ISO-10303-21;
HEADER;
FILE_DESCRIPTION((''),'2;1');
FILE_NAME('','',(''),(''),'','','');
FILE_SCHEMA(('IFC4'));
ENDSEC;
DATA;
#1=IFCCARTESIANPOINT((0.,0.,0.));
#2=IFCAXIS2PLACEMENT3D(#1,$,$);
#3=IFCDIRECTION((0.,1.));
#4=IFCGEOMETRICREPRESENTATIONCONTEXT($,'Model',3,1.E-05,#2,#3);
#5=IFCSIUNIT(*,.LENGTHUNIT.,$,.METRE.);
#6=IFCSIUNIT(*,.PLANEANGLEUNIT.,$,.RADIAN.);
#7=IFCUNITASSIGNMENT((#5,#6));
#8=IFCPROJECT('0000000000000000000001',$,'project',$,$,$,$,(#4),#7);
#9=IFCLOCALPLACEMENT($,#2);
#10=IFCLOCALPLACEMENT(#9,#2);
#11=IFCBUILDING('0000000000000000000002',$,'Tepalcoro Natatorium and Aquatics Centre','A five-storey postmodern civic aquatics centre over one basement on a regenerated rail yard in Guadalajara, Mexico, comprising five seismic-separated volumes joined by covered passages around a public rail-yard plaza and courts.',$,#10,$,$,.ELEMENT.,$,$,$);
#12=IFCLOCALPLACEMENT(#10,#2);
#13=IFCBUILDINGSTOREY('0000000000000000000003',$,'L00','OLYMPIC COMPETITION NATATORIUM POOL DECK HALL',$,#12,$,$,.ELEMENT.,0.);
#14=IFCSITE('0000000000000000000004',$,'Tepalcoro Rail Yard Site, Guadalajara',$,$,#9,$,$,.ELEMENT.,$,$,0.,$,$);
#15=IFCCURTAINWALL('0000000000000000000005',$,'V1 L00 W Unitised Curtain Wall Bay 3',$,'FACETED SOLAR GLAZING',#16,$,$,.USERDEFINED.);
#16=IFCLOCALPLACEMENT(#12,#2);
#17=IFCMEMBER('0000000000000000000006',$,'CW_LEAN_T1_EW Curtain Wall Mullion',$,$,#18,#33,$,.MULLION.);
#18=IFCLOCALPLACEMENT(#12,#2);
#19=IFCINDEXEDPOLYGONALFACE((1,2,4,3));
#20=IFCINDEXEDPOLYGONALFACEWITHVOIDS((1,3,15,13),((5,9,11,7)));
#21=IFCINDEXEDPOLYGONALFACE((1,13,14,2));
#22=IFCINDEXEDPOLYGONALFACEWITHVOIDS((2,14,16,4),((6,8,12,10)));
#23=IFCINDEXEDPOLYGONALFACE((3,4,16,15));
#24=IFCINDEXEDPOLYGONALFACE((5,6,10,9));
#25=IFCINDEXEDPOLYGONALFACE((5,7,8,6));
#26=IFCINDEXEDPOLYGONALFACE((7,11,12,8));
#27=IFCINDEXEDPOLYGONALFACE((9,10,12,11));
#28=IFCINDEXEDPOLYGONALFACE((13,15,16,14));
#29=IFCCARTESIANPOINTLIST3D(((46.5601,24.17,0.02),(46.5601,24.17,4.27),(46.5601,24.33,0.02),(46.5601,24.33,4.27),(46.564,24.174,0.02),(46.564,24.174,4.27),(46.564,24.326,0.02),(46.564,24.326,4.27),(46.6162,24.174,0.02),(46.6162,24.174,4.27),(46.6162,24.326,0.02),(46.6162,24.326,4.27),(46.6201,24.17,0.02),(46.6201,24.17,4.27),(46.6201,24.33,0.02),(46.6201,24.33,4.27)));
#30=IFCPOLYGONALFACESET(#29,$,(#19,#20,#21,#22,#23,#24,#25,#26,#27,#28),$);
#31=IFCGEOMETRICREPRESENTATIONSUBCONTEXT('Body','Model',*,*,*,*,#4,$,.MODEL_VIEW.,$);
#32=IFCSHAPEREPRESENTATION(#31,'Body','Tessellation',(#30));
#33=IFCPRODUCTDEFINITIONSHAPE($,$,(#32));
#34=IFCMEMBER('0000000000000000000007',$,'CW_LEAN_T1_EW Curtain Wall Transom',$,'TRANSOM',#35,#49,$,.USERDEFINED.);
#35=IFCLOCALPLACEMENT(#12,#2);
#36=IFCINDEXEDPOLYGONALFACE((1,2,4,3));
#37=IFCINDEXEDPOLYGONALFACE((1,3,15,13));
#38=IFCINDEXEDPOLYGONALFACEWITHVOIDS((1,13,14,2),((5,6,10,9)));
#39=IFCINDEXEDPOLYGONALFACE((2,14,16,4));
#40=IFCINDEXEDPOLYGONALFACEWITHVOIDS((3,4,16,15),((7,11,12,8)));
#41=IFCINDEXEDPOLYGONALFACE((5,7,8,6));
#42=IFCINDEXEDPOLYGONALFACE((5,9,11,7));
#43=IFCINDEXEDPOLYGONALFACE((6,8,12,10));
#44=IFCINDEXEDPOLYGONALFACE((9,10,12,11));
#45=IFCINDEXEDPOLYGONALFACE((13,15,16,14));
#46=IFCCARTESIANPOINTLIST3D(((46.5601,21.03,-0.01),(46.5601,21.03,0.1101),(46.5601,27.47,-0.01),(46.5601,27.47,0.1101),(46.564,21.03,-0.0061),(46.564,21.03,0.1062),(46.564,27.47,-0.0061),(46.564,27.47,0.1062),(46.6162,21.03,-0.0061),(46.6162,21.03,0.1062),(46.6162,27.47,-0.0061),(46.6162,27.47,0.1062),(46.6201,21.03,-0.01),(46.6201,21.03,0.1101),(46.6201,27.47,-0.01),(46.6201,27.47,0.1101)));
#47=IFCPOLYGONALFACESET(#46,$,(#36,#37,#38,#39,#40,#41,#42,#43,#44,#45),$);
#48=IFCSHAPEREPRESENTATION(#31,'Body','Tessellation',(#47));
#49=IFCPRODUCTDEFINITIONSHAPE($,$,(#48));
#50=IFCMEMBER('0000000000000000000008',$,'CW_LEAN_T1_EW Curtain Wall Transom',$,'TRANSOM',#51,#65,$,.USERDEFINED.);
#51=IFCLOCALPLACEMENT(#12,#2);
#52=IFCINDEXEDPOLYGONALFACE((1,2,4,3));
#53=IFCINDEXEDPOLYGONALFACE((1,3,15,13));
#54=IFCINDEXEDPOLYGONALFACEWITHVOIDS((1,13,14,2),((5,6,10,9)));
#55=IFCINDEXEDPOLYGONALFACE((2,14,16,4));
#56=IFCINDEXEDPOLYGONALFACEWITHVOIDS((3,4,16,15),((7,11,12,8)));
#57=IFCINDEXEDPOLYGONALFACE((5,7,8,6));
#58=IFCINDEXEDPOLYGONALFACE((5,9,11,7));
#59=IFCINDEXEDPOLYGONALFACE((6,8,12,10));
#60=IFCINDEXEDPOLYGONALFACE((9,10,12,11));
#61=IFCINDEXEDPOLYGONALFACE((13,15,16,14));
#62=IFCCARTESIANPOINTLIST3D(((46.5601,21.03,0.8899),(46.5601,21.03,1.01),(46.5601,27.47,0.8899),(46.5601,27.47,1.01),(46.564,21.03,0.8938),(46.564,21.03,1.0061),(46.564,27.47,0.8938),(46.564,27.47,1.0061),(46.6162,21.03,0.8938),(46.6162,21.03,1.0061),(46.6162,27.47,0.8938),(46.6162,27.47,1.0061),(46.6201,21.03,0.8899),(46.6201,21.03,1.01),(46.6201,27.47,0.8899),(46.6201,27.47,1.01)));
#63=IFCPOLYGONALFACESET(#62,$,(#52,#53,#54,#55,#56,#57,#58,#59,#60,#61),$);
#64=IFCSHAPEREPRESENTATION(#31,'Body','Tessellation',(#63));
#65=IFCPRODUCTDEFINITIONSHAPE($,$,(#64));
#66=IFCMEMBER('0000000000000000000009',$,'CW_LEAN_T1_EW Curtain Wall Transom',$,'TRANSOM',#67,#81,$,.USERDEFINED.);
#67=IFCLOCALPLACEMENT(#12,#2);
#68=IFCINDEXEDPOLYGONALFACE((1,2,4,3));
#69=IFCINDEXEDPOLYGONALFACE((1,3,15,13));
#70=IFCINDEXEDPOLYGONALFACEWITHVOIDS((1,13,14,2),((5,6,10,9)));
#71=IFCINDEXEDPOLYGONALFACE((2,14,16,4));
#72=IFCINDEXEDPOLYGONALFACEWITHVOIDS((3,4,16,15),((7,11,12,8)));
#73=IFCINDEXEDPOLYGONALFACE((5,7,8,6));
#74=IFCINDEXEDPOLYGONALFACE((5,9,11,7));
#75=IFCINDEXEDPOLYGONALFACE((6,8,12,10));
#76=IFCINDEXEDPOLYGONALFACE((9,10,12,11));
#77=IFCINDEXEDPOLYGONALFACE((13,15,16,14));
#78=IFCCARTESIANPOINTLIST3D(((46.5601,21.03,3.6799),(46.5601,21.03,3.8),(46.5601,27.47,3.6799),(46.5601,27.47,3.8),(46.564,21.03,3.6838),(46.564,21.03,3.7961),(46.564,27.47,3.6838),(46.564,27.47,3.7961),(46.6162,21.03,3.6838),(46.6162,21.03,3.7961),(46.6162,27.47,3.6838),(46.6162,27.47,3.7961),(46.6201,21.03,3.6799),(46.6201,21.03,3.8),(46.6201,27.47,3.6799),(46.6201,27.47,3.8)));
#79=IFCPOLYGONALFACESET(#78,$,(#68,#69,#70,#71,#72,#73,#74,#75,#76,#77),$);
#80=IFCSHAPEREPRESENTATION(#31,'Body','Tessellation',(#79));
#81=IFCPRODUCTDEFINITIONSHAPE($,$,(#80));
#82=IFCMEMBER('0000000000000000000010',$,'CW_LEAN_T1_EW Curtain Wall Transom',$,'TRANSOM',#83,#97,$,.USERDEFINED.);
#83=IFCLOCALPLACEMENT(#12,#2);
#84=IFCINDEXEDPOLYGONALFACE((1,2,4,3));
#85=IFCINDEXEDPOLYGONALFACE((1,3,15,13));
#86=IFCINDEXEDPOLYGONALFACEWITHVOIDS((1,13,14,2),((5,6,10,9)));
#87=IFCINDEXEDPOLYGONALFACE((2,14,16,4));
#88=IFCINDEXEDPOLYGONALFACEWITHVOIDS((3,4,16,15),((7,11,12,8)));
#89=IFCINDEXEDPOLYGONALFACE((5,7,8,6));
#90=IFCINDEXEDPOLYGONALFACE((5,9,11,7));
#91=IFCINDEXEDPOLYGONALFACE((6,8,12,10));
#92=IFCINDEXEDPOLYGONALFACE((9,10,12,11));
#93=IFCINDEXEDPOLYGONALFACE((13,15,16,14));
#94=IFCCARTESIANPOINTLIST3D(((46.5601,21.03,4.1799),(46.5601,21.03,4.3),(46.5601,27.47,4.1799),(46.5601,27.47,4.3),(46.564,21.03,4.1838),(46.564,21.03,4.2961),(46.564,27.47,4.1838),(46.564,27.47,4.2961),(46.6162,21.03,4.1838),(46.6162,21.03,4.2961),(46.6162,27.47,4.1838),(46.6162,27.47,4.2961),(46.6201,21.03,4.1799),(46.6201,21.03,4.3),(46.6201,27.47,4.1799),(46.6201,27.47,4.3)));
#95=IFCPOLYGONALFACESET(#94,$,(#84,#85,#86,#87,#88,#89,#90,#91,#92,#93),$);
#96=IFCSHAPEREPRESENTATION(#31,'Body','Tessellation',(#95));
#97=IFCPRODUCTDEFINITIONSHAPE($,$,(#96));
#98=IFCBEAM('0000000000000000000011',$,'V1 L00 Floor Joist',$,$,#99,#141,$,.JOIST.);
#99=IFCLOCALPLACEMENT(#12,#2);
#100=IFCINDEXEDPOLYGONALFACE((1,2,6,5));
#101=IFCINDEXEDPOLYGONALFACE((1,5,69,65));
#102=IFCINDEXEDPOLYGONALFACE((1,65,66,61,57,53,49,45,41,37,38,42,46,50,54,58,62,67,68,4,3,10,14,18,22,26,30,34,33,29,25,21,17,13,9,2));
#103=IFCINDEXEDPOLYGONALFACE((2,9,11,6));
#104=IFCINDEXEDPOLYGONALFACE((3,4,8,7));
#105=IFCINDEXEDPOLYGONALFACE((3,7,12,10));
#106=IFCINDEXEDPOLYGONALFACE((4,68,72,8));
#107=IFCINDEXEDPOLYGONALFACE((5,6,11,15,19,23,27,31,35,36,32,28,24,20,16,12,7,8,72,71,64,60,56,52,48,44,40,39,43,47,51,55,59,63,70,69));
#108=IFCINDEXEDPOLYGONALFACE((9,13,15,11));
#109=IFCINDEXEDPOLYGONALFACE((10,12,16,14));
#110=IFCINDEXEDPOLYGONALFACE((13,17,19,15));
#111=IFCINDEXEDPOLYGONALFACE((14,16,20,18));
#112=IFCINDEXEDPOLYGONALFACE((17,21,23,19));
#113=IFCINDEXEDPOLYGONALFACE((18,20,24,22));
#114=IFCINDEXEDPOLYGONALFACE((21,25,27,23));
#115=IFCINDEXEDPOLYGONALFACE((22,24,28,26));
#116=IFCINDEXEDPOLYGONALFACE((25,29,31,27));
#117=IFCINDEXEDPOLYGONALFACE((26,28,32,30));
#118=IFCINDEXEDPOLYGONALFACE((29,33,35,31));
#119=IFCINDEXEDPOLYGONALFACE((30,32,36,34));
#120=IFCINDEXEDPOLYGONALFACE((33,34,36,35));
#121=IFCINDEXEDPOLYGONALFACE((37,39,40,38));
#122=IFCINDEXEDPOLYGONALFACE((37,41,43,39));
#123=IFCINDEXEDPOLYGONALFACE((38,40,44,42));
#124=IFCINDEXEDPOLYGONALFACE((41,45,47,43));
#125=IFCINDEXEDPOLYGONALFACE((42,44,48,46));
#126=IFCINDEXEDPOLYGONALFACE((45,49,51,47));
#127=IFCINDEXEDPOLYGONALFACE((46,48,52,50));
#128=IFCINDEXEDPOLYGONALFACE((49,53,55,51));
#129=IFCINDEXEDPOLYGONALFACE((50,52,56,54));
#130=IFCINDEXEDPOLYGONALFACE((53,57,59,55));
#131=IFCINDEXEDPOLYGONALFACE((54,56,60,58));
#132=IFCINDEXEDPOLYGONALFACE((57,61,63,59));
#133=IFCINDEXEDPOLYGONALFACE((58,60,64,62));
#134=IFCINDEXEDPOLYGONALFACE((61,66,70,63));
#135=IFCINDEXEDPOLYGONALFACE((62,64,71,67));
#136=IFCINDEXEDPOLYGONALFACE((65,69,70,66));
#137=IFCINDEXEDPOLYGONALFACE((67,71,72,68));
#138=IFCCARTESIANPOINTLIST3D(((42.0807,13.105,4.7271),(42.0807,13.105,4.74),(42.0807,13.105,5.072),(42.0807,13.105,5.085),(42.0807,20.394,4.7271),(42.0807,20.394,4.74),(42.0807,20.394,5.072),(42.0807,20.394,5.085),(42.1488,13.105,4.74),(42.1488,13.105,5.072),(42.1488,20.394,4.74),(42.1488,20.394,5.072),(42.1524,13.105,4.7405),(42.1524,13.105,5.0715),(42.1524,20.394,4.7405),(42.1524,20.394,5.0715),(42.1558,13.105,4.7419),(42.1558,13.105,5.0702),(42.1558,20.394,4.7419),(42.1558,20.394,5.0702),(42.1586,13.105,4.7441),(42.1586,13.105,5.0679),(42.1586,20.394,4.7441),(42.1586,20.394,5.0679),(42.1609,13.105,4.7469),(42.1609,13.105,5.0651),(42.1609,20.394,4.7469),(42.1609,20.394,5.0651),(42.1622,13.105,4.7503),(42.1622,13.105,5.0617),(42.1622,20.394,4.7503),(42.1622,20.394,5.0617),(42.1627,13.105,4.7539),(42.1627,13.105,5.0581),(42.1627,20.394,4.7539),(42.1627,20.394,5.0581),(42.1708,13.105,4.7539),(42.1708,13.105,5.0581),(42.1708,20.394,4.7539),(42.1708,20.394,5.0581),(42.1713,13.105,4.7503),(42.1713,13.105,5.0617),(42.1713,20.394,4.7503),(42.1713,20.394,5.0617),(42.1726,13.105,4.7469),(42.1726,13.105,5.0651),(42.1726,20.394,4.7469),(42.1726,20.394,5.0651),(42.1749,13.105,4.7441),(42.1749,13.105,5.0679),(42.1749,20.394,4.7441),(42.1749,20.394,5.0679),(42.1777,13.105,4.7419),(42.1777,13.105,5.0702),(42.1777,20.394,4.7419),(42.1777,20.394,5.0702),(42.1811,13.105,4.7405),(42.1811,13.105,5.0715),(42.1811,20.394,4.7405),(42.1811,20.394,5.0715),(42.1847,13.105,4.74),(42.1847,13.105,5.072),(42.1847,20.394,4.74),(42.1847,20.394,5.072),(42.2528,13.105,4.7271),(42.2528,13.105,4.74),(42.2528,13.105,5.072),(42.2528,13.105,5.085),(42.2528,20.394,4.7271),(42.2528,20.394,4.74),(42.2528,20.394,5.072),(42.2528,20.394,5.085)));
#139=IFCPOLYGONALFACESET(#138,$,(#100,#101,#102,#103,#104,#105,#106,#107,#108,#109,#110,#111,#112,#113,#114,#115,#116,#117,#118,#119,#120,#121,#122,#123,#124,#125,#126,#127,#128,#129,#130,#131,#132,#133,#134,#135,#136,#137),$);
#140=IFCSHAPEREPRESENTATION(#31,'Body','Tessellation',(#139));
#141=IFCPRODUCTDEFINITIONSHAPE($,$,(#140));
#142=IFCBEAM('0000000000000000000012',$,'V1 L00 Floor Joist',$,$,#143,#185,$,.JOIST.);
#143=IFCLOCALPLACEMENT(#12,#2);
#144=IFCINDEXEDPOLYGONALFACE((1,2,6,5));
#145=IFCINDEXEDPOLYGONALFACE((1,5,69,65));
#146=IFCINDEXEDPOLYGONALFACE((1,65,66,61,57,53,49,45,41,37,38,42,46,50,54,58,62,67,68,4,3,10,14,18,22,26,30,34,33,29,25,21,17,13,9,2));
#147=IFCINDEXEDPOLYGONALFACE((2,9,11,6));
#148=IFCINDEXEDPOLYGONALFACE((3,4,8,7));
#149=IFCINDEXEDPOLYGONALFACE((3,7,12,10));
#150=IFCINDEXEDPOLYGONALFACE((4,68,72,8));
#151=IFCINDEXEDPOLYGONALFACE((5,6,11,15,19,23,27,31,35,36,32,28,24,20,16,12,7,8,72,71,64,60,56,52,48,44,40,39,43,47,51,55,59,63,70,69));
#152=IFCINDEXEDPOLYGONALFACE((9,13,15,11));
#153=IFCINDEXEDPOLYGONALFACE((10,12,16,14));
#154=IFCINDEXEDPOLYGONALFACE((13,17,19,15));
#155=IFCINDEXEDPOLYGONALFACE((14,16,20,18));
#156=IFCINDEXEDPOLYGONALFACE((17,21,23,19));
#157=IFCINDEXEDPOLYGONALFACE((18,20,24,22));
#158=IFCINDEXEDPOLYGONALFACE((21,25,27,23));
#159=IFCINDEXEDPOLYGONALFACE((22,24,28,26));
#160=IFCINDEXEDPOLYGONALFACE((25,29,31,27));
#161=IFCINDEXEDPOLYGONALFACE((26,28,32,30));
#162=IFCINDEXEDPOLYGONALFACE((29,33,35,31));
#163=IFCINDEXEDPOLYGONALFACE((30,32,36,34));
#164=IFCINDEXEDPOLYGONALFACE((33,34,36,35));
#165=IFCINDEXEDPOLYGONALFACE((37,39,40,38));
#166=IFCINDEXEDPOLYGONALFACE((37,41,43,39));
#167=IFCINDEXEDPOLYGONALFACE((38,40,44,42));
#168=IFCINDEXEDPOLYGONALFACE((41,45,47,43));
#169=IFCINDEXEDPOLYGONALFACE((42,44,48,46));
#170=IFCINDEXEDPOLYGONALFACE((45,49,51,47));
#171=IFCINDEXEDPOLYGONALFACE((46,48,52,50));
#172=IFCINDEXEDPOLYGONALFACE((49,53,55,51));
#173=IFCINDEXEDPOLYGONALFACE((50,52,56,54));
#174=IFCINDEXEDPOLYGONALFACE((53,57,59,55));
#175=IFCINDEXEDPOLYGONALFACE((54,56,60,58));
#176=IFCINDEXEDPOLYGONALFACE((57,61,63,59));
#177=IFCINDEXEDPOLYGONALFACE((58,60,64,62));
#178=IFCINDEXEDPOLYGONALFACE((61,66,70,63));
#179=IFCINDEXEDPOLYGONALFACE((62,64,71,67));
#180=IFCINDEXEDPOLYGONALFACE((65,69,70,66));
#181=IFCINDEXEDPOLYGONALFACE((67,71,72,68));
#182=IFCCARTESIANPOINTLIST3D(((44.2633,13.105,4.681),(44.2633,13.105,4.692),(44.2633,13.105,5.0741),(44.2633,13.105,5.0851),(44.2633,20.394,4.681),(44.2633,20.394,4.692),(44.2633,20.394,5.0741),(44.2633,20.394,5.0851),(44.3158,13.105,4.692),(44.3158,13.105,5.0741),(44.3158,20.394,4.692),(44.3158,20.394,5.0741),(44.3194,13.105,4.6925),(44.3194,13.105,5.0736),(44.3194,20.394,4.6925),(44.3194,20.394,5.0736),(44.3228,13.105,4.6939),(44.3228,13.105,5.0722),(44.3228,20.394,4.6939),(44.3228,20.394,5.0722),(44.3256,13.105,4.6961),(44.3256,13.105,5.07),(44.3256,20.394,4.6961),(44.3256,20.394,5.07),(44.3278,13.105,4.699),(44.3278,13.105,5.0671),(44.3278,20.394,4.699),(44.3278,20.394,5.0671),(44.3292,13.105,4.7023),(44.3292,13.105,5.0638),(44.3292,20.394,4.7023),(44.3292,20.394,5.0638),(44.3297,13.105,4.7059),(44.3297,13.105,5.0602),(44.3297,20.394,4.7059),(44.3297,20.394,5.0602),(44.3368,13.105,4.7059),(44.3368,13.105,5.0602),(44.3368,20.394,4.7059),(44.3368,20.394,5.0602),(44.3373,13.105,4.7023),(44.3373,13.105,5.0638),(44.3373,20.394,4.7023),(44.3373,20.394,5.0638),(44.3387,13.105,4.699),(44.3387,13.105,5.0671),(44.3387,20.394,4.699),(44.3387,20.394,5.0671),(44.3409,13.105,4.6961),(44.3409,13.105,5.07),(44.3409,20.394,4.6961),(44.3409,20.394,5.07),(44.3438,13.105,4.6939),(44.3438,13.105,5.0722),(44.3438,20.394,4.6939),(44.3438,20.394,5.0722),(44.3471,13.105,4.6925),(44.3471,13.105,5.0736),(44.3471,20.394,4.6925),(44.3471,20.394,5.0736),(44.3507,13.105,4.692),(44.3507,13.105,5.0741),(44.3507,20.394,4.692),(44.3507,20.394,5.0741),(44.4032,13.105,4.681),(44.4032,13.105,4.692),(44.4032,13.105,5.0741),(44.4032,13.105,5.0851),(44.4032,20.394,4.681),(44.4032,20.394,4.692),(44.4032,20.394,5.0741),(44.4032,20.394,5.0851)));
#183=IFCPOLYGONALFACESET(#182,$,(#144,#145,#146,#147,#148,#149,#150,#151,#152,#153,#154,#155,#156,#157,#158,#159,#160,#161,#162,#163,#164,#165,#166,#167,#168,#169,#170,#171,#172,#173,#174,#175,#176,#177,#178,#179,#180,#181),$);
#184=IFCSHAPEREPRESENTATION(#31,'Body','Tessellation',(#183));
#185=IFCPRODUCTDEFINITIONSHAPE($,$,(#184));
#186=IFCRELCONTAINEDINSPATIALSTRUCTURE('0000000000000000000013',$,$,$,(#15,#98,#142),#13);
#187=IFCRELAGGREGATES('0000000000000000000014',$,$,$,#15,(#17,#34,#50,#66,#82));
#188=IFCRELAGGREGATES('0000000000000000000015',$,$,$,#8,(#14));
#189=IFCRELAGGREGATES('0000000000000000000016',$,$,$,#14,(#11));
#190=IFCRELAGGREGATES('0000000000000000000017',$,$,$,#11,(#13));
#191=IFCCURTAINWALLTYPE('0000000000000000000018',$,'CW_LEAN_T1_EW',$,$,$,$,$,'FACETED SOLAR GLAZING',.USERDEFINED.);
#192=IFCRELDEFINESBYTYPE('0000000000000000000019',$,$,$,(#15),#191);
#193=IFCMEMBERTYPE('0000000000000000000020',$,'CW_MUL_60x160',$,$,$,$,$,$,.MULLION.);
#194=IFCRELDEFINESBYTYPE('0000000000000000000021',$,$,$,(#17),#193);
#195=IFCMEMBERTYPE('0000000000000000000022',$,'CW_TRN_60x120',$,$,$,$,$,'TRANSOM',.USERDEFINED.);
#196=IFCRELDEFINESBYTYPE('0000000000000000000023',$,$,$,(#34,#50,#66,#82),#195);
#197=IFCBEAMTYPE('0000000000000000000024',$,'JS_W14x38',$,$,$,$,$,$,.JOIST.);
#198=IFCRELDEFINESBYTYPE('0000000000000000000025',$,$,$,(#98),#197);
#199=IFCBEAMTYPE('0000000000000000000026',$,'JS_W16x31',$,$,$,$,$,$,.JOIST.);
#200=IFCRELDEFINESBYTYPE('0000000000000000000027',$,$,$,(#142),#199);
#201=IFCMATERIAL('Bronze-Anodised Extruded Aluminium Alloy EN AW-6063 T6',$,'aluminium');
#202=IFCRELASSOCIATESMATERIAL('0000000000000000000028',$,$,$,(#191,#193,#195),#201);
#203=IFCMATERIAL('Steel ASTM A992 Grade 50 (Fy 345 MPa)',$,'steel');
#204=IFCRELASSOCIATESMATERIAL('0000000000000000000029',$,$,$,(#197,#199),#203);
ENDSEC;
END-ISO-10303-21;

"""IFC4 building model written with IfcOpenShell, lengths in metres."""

from ifc_helpers import new_model, si_unit, direction, frame, origin, origin_2d, place, context, subcontext, project, spatial, hollow_rectangle, i_section, extrude, material, material_profile, profile_set, type_object, element, aggregate, save


model = new_model("IFC4")

# Units and contexts
model_context = context("Model", 3, precision=1e-05, world=origin(), true_north=direction((0.0, 1.0)))
body_context = subcontext(model_context, "Body", "Model", "MODEL_VIEW")
ifc_project = project(units=[si_unit("LENGTHUNIT", "METRE"), si_unit("PLANEANGLEUNIT", "RADIAN")], contexts=[model_context])

# Site, building, storey
site_placement = place(None, origin())
site = spatial("IfcSite", under=ifc_project, at=site_placement, Name="Tepalcoro Rail Yard Site, Guadalajara", CompositionType="ELEMENT", RefElevation=0.0)
building_placement = place(site_placement, origin())
building = spatial("IfcBuilding", under=site, at=building_placement, Name="Tepalcoro Natatorium and Aquatics Centre", Description="A five-storey postmodern civic aquatics centre over one basement on a regenerated rail yard in Guadalajara, Mexico, comprising five seismic-separated volumes joined by covered passages around a public rail-yard plaza and courts.", CompositionType="ELEMENT")
storey_placement = place(building_placement, origin())
storey = spatial("IfcBuildingStorey", under=building, at=storey_placement, Name="L00", Description="OLYMPIC COMPETITION NATATORIUM POOL DECK HALL", CompositionType="ELEMENT", Elevation=0.0)

# Shared definitions
ifc_material_1 = material(Name="Steel ASTM A992 Grade 50 (Fy 345 MPa)", Category="steel")

# Curtain wall, members
ifc_material_2 = material(Name="Bronze-Anodised Extruded Aluminium Alloy EN AW-6063 T6", Category="aluminium")
curtain_wall_type = type_object("IfcCurtainWallType", Name="CW_LEAN_T1_EW", ElementType="FACETED SOLAR GLAZING", PredefinedType="USERDEFINED", material=ifc_material_2)
curtain_wall_placement = place(storey_placement, origin())
curtain_wall = element("IfcCurtainWall", 1, at=curtain_wall_placement, inside=storey, type_object=curtain_wall_type, Name="V1 L00 W Unitised Curtain Wall Bay 3", ObjectType="FACETED SOLAR GLAZING", PredefinedType="USERDEFINED")
ifc_material_profile_1 = material_profile(ifc_material_2, hollow_rectangle(XDim=0.0601, YDim=0.1599, WallThickness=0.0039, at=origin_2d()), Name="AL60X160X4")
ifc_profile_set_1 = profile_set([ifc_material_profile_1], Name="Bronze-Anodised Extruded Aluminium Alloy EN AW-6063 T6")
member_type_1 = type_object("IfcMemberType", Name="CW_MUL_60x160", PredefinedType="MULLION", material=ifc_profile_set_1)
member_1_placement = place(storey_placement, frame((46.5901, 24.25, 0.02), z_axis=(0.0, 0.0, 1.0), x_axis=(1.0, 0.0, 0.0)))
member_1 = element("IfcMember", 2, at=member_1_placement, type_object=member_type_1, Name="CW_LEAN_T1_EW Curtain Wall Mullion", PredefinedType="MULLION", context=body_context, shape_type="SweptSolid", body=[
    extrude(hollow_rectangle(XDim=0.0601, YDim=0.1599, WallThickness=0.0039, at=origin_2d()), origin(), (0.0, 0.0, 1.0), 4.25),
])
ifc_material_profile_2 = material_profile(ifc_material_2, hollow_rectangle(XDim=0.0601, YDim=0.1201, WallThickness=0.0039, at=origin_2d()), Name="AL60X120X4")
ifc_profile_set_2 = profile_set([ifc_material_profile_2], Name="Bronze-Anodised Extruded Aluminium Alloy EN AW-6063 T6")
member_type_2 = type_object("IfcMemberType", Name="CW_TRN_60x120", ElementType="TRANSOM", PredefinedType="USERDEFINED", material=ifc_profile_set_2)
member_2_placement = place(storey_placement, frame((46.5901, 21.03, 0.05), z_axis=(0.0, 1.0, 0.0), x_axis=(-1.0, 0.0, 0.0)))
member_2 = element("IfcMember", 3, at=member_2_placement, type_object=member_type_2, Name="CW_LEAN_T1_EW Curtain Wall Transom", ObjectType="TRANSOM", PredefinedType="USERDEFINED", context=body_context, shape_type="SweptSolid", body=[
    extrude(hollow_rectangle(XDim=0.0601, YDim=0.1201, WallThickness=0.0039, at=origin_2d()), origin(), (0.0, 0.0, 1.0), 6.4399),
])
member_3_placement = place(storey_placement, frame((46.5901, 21.03, 0.95), z_axis=(0.0, 1.0, 0.0), x_axis=(-1.0, 0.0, 0.0)))
member_3 = element("IfcMember", 4, at=member_3_placement, type_object=member_type_2, Name="CW_LEAN_T1_EW Curtain Wall Transom", ObjectType="TRANSOM", PredefinedType="USERDEFINED", context=body_context, shape_type="SweptSolid", body=[
    extrude(hollow_rectangle(XDim=0.0601, YDim=0.1201, WallThickness=0.0039, at=origin_2d()), origin(), (0.0, 0.0, 1.0), 6.4399),
])
member_4_placement = place(storey_placement, frame((46.5901, 21.03, 3.74), z_axis=(0.0, 1.0, 0.0), x_axis=(-1.0, 0.0, 0.0)))
member_4 = element("IfcMember", 5, at=member_4_placement, type_object=member_type_2, Name="CW_LEAN_T1_EW Curtain Wall Transom", ObjectType="TRANSOM", PredefinedType="USERDEFINED", context=body_context, shape_type="SweptSolid", body=[
    extrude(hollow_rectangle(XDim=0.0601, YDim=0.1201, WallThickness=0.0039, at=origin_2d()), origin(), (0.0, 0.0, 1.0), 6.4399),
])
member_5_placement = place(storey_placement, frame((46.5901, 21.03, 4.24), z_axis=(0.0, 1.0, 0.0), x_axis=(-1.0, 0.0, 0.0)))
member_5 = element("IfcMember", 6, at=member_5_placement, type_object=member_type_2, Name="CW_LEAN_T1_EW Curtain Wall Transom", ObjectType="TRANSOM", PredefinedType="USERDEFINED", context=body_context, shape_type="SweptSolid", body=[
    extrude(hollow_rectangle(XDim=0.0601, YDim=0.1201, WallThickness=0.0039, at=origin_2d()), origin(), (0.0, 0.0, 1.0), 6.4399),
])

# Beams
ifc_material_profile_3 = material_profile(ifc_material_1, i_section(OverallWidth=0.1721, OverallDepth=0.3579, WebThickness=0.0081, FlangeThickness=0.0129, FilletRadius=0.0139, at=origin_2d()), Name="W14X38")
ifc_profile_set_3 = profile_set([ifc_material_profile_3], Name="Steel ASTM A992 Grade 50 (Fy 345 MPa)")
beam_type_1 = type_object("IfcBeamType", Name="JS_W14x38", PredefinedType="JOIST", material=ifc_profile_set_3)
beam_1_placement = place(storey_placement, frame((42.1667, 13.105, 4.906), z_axis=(0.0, 1.0, 0.0), x_axis=(-1.0, 0.0, 0.0)))
element("IfcBeam", 7, at=beam_1_placement, inside=storey, type_object=beam_type_1, Name="V1 L00 Floor Joist", PredefinedType="JOIST", context=body_context, shape_type="SweptSolid", body=[
    extrude(i_section(OverallWidth=0.1721, OverallDepth=0.3579, WebThickness=0.0081, FlangeThickness=0.0129, FilletRadius=0.0139, at=origin_2d()), origin(), (0.0, 0.0, 1.0), 7.2891),
])
ifc_material_profile_4 = material_profile(ifc_material_1, i_section(OverallWidth=0.1399, OverallDepth=0.4041, WebThickness=0.0071, FlangeThickness=0.011, FilletRadius=0.0139, at=origin_2d()), Name="W16X31")
ifc_profile_set_4 = profile_set([ifc_material_profile_4], Name="Steel ASTM A992 Grade 50 (Fy 345 MPa)")
beam_type_2 = type_object("IfcBeamType", Name="JS_W16x31", PredefinedType="JOIST", material=ifc_profile_set_4)
beam_2_placement = place(storey_placement, frame((44.3333, 13.105, 4.8831), z_axis=(0.0, 1.0, 0.0), x_axis=(-1.0, 0.0, 0.0)))
element("IfcBeam", 8, at=beam_2_placement, inside=storey, type_object=beam_type_2, Name="V1 L00 Floor Joist", PredefinedType="JOIST", context=body_context, shape_type="SweptSolid", body=[
    extrude(i_section(OverallWidth=0.1399, OverallDepth=0.4041, WebThickness=0.0071, FlangeThickness=0.011, FilletRadius=0.0139, at=origin_2d()), origin(), (0.0, 0.0, 1.0), 7.2891),
])

aggregate(curtain_wall, [member_1, member_2, member_3, member_4, member_5])

save(model, "model.ifc")
